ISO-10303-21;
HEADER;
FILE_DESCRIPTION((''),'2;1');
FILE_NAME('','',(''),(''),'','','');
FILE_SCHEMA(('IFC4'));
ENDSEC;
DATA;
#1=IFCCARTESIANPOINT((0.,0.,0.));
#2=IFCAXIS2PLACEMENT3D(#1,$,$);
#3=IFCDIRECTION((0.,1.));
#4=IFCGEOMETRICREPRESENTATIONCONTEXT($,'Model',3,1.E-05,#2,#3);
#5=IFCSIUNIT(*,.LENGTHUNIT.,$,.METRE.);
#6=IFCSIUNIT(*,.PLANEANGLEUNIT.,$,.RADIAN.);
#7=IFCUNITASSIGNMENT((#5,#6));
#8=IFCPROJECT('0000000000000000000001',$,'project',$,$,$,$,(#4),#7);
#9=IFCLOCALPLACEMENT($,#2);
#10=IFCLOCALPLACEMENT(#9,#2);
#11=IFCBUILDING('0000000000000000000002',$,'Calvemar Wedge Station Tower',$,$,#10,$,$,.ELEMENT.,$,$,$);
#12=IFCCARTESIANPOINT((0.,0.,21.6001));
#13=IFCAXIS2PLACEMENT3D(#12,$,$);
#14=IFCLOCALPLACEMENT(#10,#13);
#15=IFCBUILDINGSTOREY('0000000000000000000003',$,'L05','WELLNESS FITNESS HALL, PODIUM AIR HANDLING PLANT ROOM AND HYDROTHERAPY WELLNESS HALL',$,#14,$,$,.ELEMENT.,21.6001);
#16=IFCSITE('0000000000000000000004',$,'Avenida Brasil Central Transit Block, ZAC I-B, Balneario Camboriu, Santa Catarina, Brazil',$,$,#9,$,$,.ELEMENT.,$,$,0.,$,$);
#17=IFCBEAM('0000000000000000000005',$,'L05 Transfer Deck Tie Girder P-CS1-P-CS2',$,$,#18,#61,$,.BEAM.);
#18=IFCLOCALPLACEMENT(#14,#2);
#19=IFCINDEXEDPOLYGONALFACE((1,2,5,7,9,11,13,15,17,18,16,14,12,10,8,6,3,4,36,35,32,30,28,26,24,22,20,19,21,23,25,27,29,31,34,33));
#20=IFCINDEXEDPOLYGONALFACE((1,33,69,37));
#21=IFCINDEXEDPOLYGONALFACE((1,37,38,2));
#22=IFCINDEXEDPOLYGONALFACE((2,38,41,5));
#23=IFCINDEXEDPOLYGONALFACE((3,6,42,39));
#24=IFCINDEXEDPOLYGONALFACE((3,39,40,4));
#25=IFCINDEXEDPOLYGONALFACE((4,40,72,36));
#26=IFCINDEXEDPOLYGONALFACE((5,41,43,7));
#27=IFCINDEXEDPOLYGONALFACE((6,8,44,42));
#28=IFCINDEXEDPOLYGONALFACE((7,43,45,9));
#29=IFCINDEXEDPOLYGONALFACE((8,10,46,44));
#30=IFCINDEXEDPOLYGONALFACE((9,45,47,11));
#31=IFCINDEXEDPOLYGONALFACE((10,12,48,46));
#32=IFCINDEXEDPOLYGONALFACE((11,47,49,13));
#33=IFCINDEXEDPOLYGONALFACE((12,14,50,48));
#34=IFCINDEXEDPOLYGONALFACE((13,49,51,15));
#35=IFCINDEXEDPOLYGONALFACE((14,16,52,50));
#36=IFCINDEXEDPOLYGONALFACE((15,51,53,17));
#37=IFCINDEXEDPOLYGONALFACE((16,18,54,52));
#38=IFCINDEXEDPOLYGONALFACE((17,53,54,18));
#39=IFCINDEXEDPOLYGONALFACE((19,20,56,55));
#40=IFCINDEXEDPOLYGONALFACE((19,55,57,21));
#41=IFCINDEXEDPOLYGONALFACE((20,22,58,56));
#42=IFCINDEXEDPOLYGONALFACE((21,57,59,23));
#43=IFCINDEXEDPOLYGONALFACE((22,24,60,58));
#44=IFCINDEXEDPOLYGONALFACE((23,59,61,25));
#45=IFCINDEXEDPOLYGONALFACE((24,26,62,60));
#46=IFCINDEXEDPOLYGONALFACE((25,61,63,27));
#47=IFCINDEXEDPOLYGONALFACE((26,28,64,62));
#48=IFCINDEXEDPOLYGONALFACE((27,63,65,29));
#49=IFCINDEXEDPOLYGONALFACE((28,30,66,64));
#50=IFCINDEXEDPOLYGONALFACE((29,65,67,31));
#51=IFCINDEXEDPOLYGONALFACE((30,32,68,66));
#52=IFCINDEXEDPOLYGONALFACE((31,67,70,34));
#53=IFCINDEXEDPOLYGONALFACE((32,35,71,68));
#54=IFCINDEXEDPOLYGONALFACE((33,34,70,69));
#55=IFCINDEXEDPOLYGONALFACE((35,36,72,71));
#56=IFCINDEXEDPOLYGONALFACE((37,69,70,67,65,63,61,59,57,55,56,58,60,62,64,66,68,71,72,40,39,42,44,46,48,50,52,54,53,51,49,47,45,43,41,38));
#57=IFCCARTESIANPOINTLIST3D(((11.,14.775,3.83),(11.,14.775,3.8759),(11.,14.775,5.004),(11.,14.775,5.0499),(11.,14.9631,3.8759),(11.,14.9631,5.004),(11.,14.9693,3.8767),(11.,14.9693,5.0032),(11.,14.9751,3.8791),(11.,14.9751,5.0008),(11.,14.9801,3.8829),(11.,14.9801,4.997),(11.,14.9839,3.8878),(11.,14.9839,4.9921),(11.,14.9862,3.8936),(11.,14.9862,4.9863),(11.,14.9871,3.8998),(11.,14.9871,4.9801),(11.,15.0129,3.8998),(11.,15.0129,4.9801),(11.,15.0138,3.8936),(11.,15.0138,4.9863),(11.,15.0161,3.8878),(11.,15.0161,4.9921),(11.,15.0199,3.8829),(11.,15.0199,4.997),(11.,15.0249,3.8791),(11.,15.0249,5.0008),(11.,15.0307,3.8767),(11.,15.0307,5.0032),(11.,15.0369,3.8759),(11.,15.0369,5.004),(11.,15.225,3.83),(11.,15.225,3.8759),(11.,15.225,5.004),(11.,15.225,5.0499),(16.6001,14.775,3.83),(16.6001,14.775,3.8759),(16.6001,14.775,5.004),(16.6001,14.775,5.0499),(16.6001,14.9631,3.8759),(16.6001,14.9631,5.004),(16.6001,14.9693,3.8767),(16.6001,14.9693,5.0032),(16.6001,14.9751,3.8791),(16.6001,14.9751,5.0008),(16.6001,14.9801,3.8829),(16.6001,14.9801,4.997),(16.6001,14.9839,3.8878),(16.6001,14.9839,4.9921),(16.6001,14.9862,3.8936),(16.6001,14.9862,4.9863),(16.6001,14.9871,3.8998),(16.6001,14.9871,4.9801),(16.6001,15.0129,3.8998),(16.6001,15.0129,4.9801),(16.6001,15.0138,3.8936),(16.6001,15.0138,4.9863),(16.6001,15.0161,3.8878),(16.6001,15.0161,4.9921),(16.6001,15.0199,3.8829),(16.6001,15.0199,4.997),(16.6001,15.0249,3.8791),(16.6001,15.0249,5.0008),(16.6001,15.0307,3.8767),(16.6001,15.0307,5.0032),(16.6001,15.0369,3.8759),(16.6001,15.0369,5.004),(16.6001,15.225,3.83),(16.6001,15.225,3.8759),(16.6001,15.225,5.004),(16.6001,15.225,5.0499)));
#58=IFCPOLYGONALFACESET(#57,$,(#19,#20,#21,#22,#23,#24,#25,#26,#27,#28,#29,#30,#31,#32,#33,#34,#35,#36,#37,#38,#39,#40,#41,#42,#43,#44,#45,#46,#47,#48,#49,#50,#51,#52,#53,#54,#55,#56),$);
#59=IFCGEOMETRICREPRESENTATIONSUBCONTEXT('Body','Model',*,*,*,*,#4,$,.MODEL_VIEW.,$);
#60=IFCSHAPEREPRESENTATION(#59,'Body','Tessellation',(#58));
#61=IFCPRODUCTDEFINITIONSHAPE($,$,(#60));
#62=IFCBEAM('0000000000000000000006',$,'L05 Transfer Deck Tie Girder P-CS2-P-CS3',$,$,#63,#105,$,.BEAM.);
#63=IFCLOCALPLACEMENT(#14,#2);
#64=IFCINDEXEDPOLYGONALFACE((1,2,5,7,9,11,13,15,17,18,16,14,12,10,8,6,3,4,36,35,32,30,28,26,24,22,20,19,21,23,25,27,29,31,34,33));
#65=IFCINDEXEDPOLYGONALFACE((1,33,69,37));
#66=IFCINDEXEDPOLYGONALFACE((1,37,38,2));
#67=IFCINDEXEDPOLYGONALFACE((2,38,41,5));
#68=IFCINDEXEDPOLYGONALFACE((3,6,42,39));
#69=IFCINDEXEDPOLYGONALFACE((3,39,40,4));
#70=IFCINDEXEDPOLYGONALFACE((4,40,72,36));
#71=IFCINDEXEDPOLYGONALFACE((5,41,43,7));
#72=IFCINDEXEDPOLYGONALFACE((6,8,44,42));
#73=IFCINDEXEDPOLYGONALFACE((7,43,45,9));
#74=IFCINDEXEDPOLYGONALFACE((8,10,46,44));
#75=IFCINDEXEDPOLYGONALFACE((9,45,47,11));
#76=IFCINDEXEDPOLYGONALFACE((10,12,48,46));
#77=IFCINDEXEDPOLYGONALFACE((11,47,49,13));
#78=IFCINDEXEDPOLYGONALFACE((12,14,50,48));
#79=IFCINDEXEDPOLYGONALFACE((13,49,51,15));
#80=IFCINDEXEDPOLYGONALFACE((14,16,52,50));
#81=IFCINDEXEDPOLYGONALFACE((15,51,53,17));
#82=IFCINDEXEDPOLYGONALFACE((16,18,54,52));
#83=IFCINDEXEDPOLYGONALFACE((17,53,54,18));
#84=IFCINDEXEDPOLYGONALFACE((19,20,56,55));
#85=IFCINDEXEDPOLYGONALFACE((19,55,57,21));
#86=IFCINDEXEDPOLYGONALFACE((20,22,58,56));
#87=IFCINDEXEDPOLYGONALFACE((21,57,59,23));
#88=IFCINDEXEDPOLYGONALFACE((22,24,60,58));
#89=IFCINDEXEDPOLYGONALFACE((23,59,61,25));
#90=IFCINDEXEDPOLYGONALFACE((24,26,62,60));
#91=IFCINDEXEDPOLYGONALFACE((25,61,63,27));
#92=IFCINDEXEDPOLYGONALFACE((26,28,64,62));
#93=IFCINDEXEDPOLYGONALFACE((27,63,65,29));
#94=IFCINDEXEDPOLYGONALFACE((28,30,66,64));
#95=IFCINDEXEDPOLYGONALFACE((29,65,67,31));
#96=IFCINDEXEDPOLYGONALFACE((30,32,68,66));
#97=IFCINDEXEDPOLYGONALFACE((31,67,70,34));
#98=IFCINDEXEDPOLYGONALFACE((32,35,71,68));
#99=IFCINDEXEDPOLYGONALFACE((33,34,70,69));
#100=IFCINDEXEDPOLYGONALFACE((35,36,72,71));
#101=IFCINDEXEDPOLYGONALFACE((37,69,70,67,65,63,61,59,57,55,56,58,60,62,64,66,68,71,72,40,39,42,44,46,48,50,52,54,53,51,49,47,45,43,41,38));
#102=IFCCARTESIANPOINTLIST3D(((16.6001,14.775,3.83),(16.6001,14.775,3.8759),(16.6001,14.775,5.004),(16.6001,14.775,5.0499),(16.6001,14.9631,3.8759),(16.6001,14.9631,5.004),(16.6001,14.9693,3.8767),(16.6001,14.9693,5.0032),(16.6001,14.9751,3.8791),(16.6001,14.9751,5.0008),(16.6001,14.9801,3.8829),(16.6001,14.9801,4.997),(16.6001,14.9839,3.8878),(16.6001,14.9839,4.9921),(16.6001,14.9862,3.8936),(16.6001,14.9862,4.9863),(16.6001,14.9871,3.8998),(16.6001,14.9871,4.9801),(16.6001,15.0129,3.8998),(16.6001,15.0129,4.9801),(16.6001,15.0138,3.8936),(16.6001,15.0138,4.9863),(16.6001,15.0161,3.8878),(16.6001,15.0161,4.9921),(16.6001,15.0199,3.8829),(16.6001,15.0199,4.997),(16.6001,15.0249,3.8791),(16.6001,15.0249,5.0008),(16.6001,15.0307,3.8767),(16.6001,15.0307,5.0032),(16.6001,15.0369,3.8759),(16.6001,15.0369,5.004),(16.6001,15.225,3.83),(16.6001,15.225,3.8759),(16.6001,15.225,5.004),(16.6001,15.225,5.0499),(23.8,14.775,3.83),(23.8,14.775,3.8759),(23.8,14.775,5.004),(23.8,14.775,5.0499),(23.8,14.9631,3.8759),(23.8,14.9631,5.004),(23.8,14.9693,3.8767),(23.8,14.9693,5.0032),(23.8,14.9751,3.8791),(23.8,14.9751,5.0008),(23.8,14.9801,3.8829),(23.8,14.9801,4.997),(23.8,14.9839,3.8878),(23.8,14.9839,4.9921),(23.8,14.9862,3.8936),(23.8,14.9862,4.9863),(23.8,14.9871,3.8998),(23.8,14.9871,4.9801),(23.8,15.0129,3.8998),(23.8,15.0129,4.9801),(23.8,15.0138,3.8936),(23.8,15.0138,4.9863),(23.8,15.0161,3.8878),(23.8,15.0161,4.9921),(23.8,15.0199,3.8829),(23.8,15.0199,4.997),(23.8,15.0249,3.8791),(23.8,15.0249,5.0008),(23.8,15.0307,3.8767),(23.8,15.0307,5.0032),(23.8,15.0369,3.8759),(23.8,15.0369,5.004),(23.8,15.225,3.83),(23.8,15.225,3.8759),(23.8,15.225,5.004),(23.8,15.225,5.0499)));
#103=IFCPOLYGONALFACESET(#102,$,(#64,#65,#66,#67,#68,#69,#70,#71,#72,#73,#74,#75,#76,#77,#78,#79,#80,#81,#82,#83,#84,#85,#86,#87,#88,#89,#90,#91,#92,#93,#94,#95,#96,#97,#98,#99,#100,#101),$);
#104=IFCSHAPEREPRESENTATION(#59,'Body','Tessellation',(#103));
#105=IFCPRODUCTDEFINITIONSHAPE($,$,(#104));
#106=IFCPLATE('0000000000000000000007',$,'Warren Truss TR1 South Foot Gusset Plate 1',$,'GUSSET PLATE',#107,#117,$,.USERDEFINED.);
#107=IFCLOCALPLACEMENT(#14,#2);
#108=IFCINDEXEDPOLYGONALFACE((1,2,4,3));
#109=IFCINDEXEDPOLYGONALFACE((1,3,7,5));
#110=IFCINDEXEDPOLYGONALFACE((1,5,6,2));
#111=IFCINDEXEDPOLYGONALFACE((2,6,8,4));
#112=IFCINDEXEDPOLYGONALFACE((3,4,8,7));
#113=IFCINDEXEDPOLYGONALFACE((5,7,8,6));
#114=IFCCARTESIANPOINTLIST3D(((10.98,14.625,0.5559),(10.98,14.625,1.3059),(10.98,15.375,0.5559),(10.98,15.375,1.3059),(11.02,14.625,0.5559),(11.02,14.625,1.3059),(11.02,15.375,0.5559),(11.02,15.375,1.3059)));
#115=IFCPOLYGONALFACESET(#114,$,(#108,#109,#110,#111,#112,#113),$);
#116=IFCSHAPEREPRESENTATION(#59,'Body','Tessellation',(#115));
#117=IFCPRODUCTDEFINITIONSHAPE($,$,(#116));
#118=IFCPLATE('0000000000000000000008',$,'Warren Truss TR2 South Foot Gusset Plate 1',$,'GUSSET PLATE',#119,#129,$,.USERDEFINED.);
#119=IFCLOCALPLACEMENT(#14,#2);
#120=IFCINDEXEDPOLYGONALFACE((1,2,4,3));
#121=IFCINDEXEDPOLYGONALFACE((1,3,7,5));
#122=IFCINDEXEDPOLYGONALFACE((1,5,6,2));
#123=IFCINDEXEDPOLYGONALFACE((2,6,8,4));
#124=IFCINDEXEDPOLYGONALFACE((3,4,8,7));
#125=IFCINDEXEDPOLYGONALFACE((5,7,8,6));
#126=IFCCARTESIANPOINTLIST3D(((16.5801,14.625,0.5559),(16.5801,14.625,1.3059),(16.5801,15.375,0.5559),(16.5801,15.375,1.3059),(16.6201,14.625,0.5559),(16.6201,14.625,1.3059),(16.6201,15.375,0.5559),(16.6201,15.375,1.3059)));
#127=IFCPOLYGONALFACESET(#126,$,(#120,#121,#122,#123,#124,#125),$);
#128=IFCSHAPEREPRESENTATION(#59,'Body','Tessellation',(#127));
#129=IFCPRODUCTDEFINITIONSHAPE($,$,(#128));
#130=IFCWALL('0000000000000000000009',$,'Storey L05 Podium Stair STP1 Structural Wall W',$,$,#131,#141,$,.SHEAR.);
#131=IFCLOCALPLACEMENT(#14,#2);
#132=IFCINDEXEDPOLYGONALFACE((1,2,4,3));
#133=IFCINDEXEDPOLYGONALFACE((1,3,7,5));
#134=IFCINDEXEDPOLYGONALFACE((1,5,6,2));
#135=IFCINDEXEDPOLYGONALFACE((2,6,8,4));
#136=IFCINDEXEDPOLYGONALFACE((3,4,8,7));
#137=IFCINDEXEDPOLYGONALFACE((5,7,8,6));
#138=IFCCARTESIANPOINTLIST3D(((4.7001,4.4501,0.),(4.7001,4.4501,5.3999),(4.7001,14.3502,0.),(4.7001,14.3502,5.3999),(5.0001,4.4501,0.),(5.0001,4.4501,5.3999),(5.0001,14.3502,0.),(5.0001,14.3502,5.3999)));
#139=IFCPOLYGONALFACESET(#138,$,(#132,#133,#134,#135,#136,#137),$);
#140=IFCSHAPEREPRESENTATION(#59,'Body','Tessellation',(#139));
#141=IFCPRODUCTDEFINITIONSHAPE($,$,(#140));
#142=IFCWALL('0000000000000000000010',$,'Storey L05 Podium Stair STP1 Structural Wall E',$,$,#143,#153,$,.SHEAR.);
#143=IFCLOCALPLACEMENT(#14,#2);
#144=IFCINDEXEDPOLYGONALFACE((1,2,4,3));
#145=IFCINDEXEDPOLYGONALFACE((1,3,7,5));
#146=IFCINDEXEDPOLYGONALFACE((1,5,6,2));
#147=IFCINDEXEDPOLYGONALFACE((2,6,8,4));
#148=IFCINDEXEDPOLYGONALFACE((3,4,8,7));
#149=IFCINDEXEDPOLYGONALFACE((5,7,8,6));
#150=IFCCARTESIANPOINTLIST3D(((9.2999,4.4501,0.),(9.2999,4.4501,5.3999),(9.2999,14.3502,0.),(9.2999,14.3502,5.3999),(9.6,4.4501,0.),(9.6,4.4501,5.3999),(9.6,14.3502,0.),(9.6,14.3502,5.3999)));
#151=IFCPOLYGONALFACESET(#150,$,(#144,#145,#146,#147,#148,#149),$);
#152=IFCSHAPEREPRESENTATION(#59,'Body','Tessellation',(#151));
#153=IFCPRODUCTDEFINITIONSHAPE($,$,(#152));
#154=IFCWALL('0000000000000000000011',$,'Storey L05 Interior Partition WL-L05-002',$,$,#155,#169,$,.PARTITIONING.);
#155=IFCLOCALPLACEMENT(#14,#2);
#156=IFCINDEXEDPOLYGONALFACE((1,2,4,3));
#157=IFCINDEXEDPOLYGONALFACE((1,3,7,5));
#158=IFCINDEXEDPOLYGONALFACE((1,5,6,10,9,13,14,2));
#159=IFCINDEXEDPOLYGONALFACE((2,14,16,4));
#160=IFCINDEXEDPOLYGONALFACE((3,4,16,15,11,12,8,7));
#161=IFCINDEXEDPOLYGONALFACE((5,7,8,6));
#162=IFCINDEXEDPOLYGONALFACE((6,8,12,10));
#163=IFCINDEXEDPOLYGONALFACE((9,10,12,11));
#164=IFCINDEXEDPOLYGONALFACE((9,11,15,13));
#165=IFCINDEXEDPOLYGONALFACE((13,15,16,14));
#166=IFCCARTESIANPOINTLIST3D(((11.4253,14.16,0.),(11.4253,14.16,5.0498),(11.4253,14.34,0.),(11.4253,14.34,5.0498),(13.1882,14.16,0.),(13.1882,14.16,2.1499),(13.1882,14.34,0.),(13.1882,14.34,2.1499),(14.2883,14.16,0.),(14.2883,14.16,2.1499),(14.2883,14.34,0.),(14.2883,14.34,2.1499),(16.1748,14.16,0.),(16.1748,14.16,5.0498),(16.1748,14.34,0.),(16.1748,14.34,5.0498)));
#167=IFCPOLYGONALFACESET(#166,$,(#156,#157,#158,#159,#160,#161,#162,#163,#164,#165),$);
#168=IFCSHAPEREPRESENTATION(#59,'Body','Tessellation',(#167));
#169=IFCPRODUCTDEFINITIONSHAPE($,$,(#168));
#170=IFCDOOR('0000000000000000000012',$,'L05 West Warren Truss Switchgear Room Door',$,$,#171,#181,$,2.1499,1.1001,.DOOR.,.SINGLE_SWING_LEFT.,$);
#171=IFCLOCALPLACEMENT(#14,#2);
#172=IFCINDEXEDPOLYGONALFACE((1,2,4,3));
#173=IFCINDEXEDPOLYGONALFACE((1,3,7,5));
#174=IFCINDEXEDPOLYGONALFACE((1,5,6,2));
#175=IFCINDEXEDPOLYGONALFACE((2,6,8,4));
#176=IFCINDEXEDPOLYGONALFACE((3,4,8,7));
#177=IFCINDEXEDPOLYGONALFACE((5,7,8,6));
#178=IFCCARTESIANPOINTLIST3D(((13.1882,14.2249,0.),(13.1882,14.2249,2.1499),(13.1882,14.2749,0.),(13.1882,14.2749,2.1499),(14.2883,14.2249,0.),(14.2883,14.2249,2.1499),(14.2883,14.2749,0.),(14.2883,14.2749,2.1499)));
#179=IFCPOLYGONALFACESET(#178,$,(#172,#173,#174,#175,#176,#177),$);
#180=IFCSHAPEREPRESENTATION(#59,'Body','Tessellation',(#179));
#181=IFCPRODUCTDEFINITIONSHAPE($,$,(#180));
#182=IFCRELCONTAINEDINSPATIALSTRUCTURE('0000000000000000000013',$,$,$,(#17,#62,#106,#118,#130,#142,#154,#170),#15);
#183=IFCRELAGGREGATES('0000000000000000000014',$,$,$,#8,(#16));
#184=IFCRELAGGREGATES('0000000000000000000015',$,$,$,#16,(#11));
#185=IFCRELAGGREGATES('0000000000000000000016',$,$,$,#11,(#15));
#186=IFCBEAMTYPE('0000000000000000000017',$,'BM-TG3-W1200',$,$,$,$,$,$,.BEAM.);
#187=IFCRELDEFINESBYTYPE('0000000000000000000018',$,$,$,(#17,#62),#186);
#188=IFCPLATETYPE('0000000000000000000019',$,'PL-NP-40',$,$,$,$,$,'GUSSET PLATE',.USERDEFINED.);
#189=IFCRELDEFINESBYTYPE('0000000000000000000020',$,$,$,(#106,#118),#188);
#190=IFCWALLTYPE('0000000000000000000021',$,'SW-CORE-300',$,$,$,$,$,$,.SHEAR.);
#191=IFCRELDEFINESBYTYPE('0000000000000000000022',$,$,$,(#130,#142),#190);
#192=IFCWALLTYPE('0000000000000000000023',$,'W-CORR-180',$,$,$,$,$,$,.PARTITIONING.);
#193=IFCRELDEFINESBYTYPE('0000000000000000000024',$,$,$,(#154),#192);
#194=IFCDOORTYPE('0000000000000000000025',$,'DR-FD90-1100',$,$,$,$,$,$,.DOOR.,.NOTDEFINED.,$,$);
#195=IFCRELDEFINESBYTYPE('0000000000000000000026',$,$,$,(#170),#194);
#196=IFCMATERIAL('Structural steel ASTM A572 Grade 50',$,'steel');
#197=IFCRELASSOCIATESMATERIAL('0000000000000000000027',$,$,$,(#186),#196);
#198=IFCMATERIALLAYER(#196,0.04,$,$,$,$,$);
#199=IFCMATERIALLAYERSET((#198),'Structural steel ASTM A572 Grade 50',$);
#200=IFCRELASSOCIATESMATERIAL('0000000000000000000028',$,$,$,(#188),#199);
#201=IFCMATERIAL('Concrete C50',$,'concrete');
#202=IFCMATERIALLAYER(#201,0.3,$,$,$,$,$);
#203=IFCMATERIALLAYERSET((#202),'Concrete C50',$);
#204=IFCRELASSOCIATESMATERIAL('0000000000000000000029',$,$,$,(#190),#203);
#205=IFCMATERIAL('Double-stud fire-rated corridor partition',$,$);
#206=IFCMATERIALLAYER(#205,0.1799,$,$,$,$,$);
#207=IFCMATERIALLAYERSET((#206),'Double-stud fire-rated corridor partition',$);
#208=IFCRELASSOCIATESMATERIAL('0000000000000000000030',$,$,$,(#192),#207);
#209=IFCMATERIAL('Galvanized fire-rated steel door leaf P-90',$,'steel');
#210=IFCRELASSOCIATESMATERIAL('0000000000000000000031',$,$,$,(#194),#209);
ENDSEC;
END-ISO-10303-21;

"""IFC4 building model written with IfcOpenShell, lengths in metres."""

from ifc_helpers import new_model, si_unit, direction, frame, frame_2d, origin, origin_2d, place, context, subcontext, project, spatial, rectangle, i_section, extrude, source, transform, mapped, material, layer, layer_set, material_profile, profile_set, type_object, element, fill, save


model = new_model("IFC4")

# Units and contexts
model_context = context("Model", 3, precision=1e-05, world=origin(), true_north=direction((0.0, 1.0)))
body_context = subcontext(model_context, "Body", "Model", "MODEL_VIEW")
ifc_project = project(units=[si_unit("LENGTHUNIT", "METRE"), si_unit("PLANEANGLEUNIT", "RADIAN")], contexts=[model_context])

# Site, building, storey
site_placement = place(None, origin())
site = spatial("IfcSite", under=ifc_project, at=site_placement, Name="Avenida Brasil Central Transit Block, ZAC I-B, Balneario Camboriu, Santa Catarina, Brazil", CompositionType="ELEMENT", RefElevation=0.0)
building_placement = place(site_placement, origin())
building = spatial("IfcBuilding", under=site, at=building_placement, Name="Calvemar Wedge Station Tower", CompositionType="ELEMENT")
storey_placement = place(building_placement, frame((0.0, 0.0, 21.6001)))
storey = spatial("IfcBuildingStorey", under=building, at=storey_placement, Name="L05", Description="WELLNESS FITNESS HALL, PODIUM AIR HANDLING PLANT ROOM AND HYDROTHERAPY WELLNESS HALL", CompositionType="ELEMENT", Elevation=21.6001)

# Shared definitions
ifc_material_1 = material(Name="Structural steel ASTM A572 Grade 50", Category="steel")

# Beams
ifc_material_profile_1 = material_profile(ifc_material_1, i_section(OverallWidth=0.45, OverallDepth=1.22, WebThickness=0.0259, FlangeThickness=0.0459, FilletRadius=0.0239, at=origin_2d()), Name="W1200x540")
ifc_profile_set_1 = profile_set([ifc_material_profile_1], Name="Structural steel ASTM A572 Grade 50")
beam_type_1 = type_object("IfcBeamType", Name="BM-TG3-W1200", PredefinedType="BEAM", material=ifc_profile_set_1)
shared_shape_1 = source(origin(), body_context, "Body", "SweptSolid", [
    extrude(i_section(OverallWidth=0.45, OverallDepth=1.22, WebThickness=0.0259, FlangeThickness=0.0459, FilletRadius=0.0239, at=origin_2d()), origin(), (0.0, 0.0, 1.0), 5.6001),
])
beam_1_placement = place(storey_placement, frame((11.0, 15.0, 4.4399), z_axis=(1.0, 0.0, 0.0), x_axis=(0.0, 1.0, 0.0)))
element("IfcBeam", 1, at=beam_1_placement, inside=storey, type_object=beam_type_1, Name="L05 Transfer Deck Tie Girder P-CS1-P-CS2", PredefinedType="BEAM", context=body_context, shape_type="MappedRepresentation", body=[
    mapped(shared_shape_1, transform((0.0, 0.0, 0.0), scale=1.0)),
])
shared_shape_2 = source(origin(), body_context, "Body", "SweptSolid", [
    extrude(i_section(OverallWidth=0.45, OverallDepth=1.22, WebThickness=0.0259, FlangeThickness=0.0459, FilletRadius=0.0239, at=origin_2d()), origin(), (0.0, 0.0, 1.0), 7.2),
])
beam_2_placement = place(storey_placement, frame((16.6001, 15.0, 4.4399), z_axis=(1.0, 0.0, 0.0), x_axis=(0.0, 1.0, 0.0)))
element("IfcBeam", 2, at=beam_2_placement, inside=storey, type_object=beam_type_1, Name="L05 Transfer Deck Tie Girder P-CS2-P-CS3", PredefinedType="BEAM", context=body_context, shape_type="MappedRepresentation", body=[
    mapped(shared_shape_2, transform((0.0, 0.0, 0.0), scale=1.0)),
])

# Plates
ifc_layer_1 = layer(ifc_material_1, 0.04)
ifc_layer_set_1 = layer_set([ifc_layer_1], Name="Structural steel ASTM A572 Grade 50")
plate_type = type_object("IfcPlateType", Name="PL-NP-40", ElementType="GUSSET PLATE", PredefinedType="USERDEFINED", material=ifc_layer_set_1)
shared_shape_3 = source(origin(), body_context, "Body", "SweptSolid", [
    extrude(rectangle(XDim=0.75, YDim=0.04, at=origin_2d()), origin(), (0.0, 0.0, 1.0), 0.75),
])
for number, where, z_axis, x_axis, name in (
    (3, (11.0, 15.0, 0.5559), (0.0, 0.0, 1.0), (0.0, 1.0, 0.0), "Warren Truss TR1 South Foot Gusset Plate 1"),
    (4, (16.6001, 15.0, 0.5559), (0.0, 0.0, 1.0), (0.0, 1.0, 0.0), "Warren Truss TR2 South Foot Gusset Plate 1"),
):
    element("IfcPlate", number, at=place(storey_placement, frame(where, z_axis=z_axis, x_axis=x_axis)), inside=storey, type_object=plate_type, Name=name, ObjectType="GUSSET PLATE", PredefinedType="USERDEFINED", context=body_context, shape_type="MappedRepresentation", body=[
        mapped(shared_shape_3, transform((0.0, 0.0, 0.0), scale=1.0)),
    ])

# Walls
ifc_material_2 = material(Name="Concrete C50", Category="concrete")
ifc_layer_2 = layer(ifc_material_2, 0.3)
ifc_layer_set_2 = layer_set([ifc_layer_2], Name="Concrete C50")
wall_type_1 = type_object("IfcWallType", Name="SW-CORE-300", PredefinedType="SHEAR", material=ifc_layer_set_2)
for number, where, z_axis, x_axis, name in (
    (5, (4.8501, 4.45, 0.0), (0.0, 0.0, 1.0), (0.0, 1.0, 0.0), "Storey L05 Podium Stair STP1 Structural Wall W"),
    (6, (9.45, 4.45, 0.0), (0.0, 0.0, 1.0), (0.0, 1.0, 0.0), "Storey L05 Podium Stair STP1 Structural Wall E"),
):
    element("IfcWall", number, at=place(storey_placement, frame(where, z_axis=z_axis, x_axis=x_axis)), inside=storey, type_object=wall_type_1, Name=name, PredefinedType="SHEAR", context=body_context, shape_type="SweptSolid", body=[
        extrude(rectangle(XDim=9.9001, YDim=0.3, at=frame_2d((4.9502, 0.0))), origin(), (0.0, 0.0, 1.0), 5.3999),
    ])

# Wall, opening, door
ifc_material_3 = material(Name="Double-stud fire-rated corridor partition")
ifc_layer_3 = layer(ifc_material_3, 0.1799)
ifc_layer_set_3 = layer_set([ifc_layer_3], Name="Double-stud fire-rated corridor partition")
wall_type_2 = type_object("IfcWallType", Name="W-CORR-180", PredefinedType="PARTITIONING", material=ifc_layer_set_3)
wall_1_placement = place(storey_placement, frame((11.4253, 14.25, 0.0), z_axis=(0.0, 0.0, 1.0), x_axis=(1.0, 0.0, 0.0)))
wall_1 = element("IfcWall", 7, at=wall_1_placement, inside=storey, type_object=wall_type_2, Name="Storey L05 Interior Partition WL-L05-002", PredefinedType="PARTITIONING", context=body_context, shape_type="SweptSolid", body=[
    extrude(rectangle(XDim=4.7495, YDim=0.1799, at=frame_2d((2.3748, 0.0))), origin(), (0.0, 0.0, 1.0), 5.0498),
])
shared_shape_4 = source(origin(), body_context, "Body", "SweptSolid", [
    extrude(rectangle(XDim=1.1001, YDim=2.1499, at=frame_2d((0.55, 1.075))), frame((0.0, 0.1001, 0.0), z_axis=(0.0, -1.0, 0.0), x_axis=(1.0, 0.0, 0.0)), (0.0, 0.0, 1.0), 0.2),
])
opening_1_placement = place(wall_1_placement, frame((1.7629, 0.0, 0.0)))
opening_1 = element("IfcOpeningElement", 8, at=opening_1_placement, cuts=wall_1, PredefinedType="OPENING", context=body_context, shape_type="MappedRepresentation", body=[
    mapped(shared_shape_4, transform((0.0, 0.0, 0.0), scale=1.0)),
])
ifc_material_4 = material(Name="Galvanized fire-rated steel door leaf P-90", Category="steel")
door_type = type_object("IfcDoorType", Name="DR-FD90-1100", OperationType="NOTDEFINED", PredefinedType="DOOR", material=ifc_material_4)
shared_shape_5 = source(origin(), body_context, "Body", "SweptSolid", [
    extrude(rectangle(XDim=1.1001, YDim=2.1499, at=frame_2d((0.55, 1.075))), frame((0.0, 0.0249, 0.0), z_axis=(0.0, -1.0, 0.0), x_axis=(1.0, 0.0, 0.0)), (0.0, 0.0, 1.0), 0.05),
])
door_1_placement = place(opening_1_placement, origin())
door_1 = element("IfcDoor", 9, at=door_1_placement, inside=storey, type_object=door_type, Name="L05 West Warren Truss Switchgear Room Door", OperationType="SINGLE_SWING_LEFT", OverallHeight=2.1499, OverallWidth=1.1001, PredefinedType="DOOR", context=body_context, shape_type="MappedRepresentation", body=[
    mapped(shared_shape_5, transform((0.0, 0.0, 0.0), scale=1.0)),
])
fill(opening_1, door_1)

save(model, "model.ifc")
